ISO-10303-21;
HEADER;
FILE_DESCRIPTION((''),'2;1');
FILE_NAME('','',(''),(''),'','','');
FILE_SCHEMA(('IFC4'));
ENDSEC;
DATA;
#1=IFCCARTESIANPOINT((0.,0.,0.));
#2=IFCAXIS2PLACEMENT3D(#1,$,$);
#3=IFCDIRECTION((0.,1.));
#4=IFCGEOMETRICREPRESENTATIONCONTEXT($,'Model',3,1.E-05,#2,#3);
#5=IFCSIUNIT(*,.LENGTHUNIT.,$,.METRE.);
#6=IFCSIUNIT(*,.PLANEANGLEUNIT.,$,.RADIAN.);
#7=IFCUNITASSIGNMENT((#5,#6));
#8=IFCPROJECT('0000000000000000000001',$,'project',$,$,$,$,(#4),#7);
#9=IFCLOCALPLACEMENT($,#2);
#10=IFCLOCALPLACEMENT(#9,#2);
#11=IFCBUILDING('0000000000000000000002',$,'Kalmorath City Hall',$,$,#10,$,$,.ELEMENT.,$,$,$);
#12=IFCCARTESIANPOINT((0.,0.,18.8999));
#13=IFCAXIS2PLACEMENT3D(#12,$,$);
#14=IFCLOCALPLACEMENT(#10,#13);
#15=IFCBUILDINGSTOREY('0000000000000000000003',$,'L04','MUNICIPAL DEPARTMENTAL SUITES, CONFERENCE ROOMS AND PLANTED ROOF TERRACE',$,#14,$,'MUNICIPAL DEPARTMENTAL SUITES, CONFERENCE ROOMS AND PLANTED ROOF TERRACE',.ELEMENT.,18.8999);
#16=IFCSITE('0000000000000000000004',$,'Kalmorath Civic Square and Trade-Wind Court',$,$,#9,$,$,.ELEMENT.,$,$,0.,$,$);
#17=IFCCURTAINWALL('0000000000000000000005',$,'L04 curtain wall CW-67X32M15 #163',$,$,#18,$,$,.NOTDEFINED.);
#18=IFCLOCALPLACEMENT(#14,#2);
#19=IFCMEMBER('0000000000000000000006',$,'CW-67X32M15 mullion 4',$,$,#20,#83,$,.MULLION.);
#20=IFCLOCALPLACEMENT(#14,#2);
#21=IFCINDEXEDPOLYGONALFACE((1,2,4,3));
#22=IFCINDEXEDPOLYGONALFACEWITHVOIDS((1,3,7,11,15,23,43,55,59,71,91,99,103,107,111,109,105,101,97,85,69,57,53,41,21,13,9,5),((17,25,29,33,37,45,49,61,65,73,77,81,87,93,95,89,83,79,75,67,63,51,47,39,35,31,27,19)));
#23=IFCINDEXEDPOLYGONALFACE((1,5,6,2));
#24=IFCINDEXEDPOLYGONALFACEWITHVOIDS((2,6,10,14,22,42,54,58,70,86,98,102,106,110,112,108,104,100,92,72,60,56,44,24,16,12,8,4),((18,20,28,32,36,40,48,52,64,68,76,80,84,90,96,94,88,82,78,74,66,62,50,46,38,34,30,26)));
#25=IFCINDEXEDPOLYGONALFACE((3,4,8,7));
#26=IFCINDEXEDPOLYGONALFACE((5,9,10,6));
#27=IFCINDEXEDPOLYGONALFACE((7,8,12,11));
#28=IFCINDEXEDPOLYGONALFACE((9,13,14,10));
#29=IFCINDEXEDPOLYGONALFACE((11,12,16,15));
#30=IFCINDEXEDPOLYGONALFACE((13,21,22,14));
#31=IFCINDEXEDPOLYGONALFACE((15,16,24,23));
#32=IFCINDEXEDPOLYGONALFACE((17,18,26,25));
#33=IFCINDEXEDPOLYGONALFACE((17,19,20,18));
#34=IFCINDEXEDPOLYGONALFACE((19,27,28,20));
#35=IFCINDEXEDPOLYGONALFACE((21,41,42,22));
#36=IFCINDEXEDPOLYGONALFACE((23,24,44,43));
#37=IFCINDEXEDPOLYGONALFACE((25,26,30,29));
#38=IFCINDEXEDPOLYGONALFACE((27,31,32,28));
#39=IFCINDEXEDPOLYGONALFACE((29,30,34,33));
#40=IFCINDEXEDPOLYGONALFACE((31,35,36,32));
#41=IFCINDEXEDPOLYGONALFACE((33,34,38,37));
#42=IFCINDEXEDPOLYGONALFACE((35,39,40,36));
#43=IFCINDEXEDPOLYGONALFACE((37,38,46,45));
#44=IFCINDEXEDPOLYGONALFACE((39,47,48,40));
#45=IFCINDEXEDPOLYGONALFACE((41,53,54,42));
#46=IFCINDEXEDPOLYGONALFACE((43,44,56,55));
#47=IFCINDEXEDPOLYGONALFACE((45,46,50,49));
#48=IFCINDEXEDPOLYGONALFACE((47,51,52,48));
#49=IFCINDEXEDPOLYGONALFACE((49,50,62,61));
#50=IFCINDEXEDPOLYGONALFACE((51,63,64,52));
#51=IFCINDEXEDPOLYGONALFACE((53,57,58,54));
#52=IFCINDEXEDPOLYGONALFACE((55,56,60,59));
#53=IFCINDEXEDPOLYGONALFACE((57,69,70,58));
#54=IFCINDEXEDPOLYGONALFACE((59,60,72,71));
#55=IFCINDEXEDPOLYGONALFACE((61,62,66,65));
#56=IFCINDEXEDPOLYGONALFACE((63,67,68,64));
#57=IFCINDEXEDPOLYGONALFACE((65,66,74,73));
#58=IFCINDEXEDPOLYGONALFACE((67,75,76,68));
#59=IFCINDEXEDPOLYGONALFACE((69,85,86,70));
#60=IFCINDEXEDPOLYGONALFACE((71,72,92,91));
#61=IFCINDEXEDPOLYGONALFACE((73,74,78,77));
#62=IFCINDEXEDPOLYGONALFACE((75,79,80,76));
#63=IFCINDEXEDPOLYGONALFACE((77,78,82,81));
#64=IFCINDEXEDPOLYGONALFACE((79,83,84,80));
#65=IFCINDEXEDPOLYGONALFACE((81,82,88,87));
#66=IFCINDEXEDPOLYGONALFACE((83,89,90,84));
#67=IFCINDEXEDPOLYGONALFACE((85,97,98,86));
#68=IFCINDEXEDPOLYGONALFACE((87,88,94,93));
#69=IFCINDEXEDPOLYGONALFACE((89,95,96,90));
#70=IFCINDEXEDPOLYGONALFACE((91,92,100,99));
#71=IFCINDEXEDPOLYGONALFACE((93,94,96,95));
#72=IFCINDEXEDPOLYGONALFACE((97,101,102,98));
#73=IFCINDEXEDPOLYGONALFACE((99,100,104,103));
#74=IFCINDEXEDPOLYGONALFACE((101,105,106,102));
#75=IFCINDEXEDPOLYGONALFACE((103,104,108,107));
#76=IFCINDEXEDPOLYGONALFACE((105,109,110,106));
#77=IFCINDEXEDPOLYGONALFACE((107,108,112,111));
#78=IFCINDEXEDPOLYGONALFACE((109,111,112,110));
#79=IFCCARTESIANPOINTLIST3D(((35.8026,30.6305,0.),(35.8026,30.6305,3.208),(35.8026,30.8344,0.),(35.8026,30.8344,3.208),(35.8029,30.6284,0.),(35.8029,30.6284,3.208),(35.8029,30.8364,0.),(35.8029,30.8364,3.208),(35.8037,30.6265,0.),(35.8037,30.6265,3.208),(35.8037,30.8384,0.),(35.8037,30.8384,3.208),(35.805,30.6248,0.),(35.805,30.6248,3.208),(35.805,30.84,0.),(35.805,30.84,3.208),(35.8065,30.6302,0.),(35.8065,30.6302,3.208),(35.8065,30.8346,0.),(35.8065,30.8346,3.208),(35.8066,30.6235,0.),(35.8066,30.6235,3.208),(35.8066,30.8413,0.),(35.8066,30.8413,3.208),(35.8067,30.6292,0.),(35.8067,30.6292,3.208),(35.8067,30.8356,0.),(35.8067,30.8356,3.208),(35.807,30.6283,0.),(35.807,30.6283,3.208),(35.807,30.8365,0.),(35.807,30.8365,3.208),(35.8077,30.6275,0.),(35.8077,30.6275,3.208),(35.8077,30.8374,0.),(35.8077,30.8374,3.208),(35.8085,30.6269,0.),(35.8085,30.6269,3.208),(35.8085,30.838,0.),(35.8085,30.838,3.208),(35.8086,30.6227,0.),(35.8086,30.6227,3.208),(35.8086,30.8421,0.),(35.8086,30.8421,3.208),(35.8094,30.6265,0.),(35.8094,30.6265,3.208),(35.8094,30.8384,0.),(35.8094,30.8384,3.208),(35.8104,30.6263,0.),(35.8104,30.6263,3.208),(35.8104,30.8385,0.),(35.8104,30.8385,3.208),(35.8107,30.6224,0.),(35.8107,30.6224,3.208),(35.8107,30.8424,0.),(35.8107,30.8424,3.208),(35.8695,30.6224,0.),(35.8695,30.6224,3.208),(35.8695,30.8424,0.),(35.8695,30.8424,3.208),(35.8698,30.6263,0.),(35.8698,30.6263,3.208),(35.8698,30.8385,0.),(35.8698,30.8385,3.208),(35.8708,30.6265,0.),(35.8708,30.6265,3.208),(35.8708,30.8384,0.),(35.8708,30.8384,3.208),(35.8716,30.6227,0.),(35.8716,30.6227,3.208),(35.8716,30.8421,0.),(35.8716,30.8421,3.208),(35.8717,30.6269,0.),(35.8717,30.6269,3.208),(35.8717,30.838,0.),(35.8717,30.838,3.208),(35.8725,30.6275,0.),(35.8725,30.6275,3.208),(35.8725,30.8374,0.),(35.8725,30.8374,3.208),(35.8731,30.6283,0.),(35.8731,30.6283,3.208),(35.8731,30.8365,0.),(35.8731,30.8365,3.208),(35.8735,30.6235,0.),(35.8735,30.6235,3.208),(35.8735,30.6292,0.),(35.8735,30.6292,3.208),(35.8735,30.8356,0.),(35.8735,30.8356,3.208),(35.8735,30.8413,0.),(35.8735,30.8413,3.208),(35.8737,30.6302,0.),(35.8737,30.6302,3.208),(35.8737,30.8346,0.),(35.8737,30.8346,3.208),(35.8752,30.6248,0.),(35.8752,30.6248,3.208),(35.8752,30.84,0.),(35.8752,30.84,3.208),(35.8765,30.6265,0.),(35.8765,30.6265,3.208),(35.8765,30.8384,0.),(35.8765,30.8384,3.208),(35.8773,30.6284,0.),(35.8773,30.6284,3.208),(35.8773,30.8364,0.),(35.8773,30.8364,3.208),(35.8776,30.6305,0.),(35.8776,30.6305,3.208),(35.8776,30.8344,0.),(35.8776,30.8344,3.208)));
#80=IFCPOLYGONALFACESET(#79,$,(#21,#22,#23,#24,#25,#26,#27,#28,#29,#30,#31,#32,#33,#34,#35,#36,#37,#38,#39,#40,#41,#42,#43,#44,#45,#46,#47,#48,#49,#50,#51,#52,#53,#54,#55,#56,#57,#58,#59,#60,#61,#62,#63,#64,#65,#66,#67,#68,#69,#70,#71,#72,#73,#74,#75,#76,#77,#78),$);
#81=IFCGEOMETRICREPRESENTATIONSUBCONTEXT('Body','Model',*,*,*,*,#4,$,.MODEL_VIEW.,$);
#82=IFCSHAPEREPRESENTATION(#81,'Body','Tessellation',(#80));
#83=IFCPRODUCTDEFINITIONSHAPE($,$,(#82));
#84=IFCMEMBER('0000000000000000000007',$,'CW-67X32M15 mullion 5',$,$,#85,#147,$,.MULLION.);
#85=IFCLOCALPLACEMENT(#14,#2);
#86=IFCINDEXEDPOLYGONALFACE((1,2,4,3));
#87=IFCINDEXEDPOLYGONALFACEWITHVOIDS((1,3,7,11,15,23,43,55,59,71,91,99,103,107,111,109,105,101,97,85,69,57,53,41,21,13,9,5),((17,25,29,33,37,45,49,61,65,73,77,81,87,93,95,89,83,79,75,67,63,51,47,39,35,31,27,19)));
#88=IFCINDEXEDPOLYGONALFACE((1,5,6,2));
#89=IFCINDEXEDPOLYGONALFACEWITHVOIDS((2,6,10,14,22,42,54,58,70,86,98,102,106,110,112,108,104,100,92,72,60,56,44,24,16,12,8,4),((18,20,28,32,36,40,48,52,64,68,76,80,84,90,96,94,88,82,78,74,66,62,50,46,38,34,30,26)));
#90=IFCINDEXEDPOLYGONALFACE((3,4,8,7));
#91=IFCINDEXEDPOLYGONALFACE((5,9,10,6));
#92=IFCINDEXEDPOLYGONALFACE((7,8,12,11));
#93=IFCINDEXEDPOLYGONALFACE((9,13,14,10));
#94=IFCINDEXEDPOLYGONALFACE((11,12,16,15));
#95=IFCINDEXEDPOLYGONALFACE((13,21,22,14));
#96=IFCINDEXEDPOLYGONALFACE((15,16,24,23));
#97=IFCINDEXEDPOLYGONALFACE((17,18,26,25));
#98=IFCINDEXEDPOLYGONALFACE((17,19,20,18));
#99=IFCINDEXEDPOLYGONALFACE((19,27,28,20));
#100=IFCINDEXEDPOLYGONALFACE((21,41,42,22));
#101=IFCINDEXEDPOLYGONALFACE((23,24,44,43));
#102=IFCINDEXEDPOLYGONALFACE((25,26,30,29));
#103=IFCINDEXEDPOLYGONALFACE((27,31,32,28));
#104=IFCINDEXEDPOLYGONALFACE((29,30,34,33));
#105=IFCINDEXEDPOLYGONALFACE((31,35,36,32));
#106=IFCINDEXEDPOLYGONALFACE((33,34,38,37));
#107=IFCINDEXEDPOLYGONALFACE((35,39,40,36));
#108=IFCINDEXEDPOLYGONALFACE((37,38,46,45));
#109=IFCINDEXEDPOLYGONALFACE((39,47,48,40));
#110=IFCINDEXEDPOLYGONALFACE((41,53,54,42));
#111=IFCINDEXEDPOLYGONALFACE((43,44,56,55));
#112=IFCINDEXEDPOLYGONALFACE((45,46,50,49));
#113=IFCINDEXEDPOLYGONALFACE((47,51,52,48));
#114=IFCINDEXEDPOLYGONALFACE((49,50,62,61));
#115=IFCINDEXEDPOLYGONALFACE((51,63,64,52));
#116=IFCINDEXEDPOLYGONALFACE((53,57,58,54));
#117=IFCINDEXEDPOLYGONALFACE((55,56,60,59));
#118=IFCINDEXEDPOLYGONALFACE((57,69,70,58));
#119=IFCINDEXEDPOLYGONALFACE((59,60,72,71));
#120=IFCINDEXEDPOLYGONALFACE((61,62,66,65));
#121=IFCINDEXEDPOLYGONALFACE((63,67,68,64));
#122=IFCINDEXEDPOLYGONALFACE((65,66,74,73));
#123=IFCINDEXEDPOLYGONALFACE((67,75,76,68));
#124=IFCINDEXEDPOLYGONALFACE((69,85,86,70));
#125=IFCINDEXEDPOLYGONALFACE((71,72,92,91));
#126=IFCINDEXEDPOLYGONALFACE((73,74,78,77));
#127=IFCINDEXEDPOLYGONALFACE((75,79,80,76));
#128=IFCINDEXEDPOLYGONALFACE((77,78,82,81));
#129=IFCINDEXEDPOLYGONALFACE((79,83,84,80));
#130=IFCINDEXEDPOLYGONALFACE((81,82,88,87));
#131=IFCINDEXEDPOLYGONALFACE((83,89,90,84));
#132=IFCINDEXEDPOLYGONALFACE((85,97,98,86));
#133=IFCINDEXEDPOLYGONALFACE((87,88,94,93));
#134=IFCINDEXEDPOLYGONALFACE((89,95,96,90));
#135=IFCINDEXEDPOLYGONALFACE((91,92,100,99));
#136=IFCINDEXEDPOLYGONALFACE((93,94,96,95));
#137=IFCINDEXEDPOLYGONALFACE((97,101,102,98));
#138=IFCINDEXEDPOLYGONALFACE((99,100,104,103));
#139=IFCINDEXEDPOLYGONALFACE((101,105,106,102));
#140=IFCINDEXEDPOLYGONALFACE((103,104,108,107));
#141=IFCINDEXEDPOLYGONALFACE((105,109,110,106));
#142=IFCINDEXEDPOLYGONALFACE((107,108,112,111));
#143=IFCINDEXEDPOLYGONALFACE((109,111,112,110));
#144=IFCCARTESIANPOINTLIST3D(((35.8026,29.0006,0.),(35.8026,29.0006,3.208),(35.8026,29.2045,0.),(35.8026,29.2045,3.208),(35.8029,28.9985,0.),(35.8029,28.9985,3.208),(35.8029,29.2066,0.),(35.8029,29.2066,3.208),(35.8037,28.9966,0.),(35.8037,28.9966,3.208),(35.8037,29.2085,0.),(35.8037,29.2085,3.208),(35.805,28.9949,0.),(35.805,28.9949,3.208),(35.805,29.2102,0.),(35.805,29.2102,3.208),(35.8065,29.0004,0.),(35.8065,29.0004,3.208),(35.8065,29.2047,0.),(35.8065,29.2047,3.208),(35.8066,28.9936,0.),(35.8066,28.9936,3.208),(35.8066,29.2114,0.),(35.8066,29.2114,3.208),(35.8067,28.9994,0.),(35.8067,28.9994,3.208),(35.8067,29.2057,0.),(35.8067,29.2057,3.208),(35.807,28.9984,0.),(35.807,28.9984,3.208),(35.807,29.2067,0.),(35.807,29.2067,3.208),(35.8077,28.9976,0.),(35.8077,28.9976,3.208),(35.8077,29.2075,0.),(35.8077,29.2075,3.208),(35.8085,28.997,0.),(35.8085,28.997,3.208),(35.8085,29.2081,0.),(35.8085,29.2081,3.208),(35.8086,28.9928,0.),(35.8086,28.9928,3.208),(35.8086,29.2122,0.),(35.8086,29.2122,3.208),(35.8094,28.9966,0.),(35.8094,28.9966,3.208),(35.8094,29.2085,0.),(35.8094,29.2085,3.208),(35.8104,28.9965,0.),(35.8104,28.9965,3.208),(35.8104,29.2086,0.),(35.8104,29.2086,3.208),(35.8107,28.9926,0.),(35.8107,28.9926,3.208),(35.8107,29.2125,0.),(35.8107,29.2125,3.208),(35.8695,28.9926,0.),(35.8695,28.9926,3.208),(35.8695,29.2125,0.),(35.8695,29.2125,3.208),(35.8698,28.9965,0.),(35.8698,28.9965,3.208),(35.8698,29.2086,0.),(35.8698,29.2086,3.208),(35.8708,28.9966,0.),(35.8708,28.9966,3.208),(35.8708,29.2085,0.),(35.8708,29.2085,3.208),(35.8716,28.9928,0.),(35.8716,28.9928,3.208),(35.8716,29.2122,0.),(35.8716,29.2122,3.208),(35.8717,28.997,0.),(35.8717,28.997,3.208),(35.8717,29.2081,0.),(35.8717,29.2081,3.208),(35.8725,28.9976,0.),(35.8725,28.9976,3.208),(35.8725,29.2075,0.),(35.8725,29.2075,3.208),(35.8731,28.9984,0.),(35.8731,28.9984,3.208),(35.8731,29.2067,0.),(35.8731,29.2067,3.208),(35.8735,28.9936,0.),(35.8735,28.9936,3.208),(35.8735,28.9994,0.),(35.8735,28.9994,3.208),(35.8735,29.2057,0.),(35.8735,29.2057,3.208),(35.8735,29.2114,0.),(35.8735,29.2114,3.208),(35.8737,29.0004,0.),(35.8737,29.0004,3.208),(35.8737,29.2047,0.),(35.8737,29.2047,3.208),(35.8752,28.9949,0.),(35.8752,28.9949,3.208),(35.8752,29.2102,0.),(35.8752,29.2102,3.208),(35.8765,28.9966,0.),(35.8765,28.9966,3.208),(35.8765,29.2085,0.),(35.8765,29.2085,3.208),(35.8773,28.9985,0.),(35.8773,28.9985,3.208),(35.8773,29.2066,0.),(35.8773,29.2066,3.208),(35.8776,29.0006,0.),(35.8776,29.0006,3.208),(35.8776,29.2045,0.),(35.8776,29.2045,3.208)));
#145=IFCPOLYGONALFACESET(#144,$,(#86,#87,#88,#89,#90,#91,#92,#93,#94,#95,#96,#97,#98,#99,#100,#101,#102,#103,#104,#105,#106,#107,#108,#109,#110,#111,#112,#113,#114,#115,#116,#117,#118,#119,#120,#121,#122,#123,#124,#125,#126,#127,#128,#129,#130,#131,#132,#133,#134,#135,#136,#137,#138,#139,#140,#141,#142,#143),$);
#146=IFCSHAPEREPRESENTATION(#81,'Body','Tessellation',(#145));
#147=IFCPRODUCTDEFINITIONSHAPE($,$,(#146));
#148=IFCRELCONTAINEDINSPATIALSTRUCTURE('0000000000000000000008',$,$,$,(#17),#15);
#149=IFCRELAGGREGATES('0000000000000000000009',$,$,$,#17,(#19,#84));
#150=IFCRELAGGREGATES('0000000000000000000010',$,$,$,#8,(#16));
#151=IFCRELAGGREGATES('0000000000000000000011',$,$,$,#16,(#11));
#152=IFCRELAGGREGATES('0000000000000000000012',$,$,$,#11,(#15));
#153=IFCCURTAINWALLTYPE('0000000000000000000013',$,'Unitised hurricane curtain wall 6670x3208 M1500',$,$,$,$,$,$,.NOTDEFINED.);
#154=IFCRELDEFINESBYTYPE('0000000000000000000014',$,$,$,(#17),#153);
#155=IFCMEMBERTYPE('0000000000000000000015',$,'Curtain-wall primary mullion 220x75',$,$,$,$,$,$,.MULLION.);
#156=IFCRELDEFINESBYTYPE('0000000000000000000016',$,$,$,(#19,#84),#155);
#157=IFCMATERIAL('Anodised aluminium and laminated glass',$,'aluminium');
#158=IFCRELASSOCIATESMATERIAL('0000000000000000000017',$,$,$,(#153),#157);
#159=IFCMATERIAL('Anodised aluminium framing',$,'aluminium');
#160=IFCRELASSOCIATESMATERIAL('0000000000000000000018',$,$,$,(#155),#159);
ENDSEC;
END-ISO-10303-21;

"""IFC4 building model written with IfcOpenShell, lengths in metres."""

from ifc_helpers import new_model, si_unit, direction, frame, origin, origin_2d, place, context, subcontext, project, spatial, hollow_rectangle, extrude, material, material_profile, profile_set, type_object, element, aggregate, save


model = new_model("IFC4")

# Units and contexts
model_context = context("Model", 3, precision=1e-05, world=origin(), true_north=direction((0.0, 1.0)))
body_context = subcontext(model_context, "Body", "Model", "MODEL_VIEW")
ifc_project = project(units=[si_unit("LENGTHUNIT", "METRE"), si_unit("PLANEANGLEUNIT", "RADIAN")], contexts=[model_context])

# Site, building, storey
site_placement = place(None, origin())
site = spatial("IfcSite", under=ifc_project, at=site_placement, Name="Kalmorath Civic Square and Trade-Wind Court", CompositionType="ELEMENT", RefElevation=0.0)
building_placement = place(site_placement, origin())
building = spatial("IfcBuilding", under=site, at=building_placement, Name="Kalmorath City Hall", CompositionType="ELEMENT")
storey_placement = place(building_placement, frame((0.0, 0.0, 18.8999)))
storey = spatial("IfcBuildingStorey", under=building, at=storey_placement, Name="L04", Description="MUNICIPAL DEPARTMENTAL SUITES, CONFERENCE ROOMS AND PLANTED ROOF TERRACE", LongName="MUNICIPAL DEPARTMENTAL SUITES, CONFERENCE ROOMS AND PLANTED ROOF TERRACE", CompositionType="ELEMENT", Elevation=18.8999)

# Curtain wall, members
ifc_material_1 = material(Name="Anodised aluminium and laminated glass", Category="aluminium")
curtain_wall_type_1 = type_object("IfcCurtainWallType", Name="Unitised hurricane curtain wall 6670x3208 M1500", PredefinedType="NOTDEFINED", material=ifc_material_1)
curtain_wall_1_placement = place(storey_placement, origin())
curtain_wall_1 = element("IfcCurtainWall", 1, at=curtain_wall_1_placement, inside=storey, type_object=curtain_wall_type_1, Name="L04 curtain wall CW-67X32M15 #163", PredefinedType="NOTDEFINED")
ifc_material_2 = material(Name="Anodised aluminium framing", Category="aluminium")
ifc_material_profile_1 = material_profile(ifc_material_2, hollow_rectangle(XDim=0.075, YDim=0.22, WallThickness=0.0039, InnerFilletRadius=0.0039, OuterFilletRadius=0.0081, at=origin_2d()), Name="ALU-MUL-220X75X4")
ifc_profile_set_1 = profile_set([ifc_material_profile_1], Name="Anodised aluminium framing")
member_type_1 = type_object("IfcMemberType", Name="Curtain-wall primary mullion 220x75", PredefinedType="MULLION", material=ifc_profile_set_1)
member_1_placement = place(storey_placement, frame((35.8401, 30.7324, 0.0), z_axis=(0.0, 0.0, 1.0), x_axis=(1.0, 0.0, 0.0)))
member_1 = element("IfcMember", 2, at=member_1_placement, type_object=member_type_1, Name="CW-67X32M15 mullion 4", PredefinedType="MULLION", context=body_context, shape_type="SweptSolid", body=[
    extrude(hollow_rectangle(XDim=0.075, YDim=0.22, WallThickness=0.0039, InnerFilletRadius=0.0039, OuterFilletRadius=0.0081, at=origin_2d()), origin(), (0.0, 0.0, 1.0), 3.208),
])
member_2_placement = place(storey_placement, frame((35.8401, 29.1025, 0.0), z_axis=(0.0, 0.0, 1.0), x_axis=(1.0, 0.0, 0.0)))
member_2 = element("IfcMember", 3, at=member_2_placement, type_object=member_type_1, Name="CW-67X32M15 mullion 5", PredefinedType="MULLION", context=body_context, shape_type="SweptSolid", body=[
    extrude(hollow_rectangle(XDim=0.075, YDim=0.22, WallThickness=0.0039, InnerFilletRadius=0.0039, OuterFilletRadius=0.0081, at=origin_2d()), origin(), (0.0, 0.0, 1.0), 3.208),
])

aggregate(curtain_wall_1, [member_1, member_2])

save(model, "model.ifc")
